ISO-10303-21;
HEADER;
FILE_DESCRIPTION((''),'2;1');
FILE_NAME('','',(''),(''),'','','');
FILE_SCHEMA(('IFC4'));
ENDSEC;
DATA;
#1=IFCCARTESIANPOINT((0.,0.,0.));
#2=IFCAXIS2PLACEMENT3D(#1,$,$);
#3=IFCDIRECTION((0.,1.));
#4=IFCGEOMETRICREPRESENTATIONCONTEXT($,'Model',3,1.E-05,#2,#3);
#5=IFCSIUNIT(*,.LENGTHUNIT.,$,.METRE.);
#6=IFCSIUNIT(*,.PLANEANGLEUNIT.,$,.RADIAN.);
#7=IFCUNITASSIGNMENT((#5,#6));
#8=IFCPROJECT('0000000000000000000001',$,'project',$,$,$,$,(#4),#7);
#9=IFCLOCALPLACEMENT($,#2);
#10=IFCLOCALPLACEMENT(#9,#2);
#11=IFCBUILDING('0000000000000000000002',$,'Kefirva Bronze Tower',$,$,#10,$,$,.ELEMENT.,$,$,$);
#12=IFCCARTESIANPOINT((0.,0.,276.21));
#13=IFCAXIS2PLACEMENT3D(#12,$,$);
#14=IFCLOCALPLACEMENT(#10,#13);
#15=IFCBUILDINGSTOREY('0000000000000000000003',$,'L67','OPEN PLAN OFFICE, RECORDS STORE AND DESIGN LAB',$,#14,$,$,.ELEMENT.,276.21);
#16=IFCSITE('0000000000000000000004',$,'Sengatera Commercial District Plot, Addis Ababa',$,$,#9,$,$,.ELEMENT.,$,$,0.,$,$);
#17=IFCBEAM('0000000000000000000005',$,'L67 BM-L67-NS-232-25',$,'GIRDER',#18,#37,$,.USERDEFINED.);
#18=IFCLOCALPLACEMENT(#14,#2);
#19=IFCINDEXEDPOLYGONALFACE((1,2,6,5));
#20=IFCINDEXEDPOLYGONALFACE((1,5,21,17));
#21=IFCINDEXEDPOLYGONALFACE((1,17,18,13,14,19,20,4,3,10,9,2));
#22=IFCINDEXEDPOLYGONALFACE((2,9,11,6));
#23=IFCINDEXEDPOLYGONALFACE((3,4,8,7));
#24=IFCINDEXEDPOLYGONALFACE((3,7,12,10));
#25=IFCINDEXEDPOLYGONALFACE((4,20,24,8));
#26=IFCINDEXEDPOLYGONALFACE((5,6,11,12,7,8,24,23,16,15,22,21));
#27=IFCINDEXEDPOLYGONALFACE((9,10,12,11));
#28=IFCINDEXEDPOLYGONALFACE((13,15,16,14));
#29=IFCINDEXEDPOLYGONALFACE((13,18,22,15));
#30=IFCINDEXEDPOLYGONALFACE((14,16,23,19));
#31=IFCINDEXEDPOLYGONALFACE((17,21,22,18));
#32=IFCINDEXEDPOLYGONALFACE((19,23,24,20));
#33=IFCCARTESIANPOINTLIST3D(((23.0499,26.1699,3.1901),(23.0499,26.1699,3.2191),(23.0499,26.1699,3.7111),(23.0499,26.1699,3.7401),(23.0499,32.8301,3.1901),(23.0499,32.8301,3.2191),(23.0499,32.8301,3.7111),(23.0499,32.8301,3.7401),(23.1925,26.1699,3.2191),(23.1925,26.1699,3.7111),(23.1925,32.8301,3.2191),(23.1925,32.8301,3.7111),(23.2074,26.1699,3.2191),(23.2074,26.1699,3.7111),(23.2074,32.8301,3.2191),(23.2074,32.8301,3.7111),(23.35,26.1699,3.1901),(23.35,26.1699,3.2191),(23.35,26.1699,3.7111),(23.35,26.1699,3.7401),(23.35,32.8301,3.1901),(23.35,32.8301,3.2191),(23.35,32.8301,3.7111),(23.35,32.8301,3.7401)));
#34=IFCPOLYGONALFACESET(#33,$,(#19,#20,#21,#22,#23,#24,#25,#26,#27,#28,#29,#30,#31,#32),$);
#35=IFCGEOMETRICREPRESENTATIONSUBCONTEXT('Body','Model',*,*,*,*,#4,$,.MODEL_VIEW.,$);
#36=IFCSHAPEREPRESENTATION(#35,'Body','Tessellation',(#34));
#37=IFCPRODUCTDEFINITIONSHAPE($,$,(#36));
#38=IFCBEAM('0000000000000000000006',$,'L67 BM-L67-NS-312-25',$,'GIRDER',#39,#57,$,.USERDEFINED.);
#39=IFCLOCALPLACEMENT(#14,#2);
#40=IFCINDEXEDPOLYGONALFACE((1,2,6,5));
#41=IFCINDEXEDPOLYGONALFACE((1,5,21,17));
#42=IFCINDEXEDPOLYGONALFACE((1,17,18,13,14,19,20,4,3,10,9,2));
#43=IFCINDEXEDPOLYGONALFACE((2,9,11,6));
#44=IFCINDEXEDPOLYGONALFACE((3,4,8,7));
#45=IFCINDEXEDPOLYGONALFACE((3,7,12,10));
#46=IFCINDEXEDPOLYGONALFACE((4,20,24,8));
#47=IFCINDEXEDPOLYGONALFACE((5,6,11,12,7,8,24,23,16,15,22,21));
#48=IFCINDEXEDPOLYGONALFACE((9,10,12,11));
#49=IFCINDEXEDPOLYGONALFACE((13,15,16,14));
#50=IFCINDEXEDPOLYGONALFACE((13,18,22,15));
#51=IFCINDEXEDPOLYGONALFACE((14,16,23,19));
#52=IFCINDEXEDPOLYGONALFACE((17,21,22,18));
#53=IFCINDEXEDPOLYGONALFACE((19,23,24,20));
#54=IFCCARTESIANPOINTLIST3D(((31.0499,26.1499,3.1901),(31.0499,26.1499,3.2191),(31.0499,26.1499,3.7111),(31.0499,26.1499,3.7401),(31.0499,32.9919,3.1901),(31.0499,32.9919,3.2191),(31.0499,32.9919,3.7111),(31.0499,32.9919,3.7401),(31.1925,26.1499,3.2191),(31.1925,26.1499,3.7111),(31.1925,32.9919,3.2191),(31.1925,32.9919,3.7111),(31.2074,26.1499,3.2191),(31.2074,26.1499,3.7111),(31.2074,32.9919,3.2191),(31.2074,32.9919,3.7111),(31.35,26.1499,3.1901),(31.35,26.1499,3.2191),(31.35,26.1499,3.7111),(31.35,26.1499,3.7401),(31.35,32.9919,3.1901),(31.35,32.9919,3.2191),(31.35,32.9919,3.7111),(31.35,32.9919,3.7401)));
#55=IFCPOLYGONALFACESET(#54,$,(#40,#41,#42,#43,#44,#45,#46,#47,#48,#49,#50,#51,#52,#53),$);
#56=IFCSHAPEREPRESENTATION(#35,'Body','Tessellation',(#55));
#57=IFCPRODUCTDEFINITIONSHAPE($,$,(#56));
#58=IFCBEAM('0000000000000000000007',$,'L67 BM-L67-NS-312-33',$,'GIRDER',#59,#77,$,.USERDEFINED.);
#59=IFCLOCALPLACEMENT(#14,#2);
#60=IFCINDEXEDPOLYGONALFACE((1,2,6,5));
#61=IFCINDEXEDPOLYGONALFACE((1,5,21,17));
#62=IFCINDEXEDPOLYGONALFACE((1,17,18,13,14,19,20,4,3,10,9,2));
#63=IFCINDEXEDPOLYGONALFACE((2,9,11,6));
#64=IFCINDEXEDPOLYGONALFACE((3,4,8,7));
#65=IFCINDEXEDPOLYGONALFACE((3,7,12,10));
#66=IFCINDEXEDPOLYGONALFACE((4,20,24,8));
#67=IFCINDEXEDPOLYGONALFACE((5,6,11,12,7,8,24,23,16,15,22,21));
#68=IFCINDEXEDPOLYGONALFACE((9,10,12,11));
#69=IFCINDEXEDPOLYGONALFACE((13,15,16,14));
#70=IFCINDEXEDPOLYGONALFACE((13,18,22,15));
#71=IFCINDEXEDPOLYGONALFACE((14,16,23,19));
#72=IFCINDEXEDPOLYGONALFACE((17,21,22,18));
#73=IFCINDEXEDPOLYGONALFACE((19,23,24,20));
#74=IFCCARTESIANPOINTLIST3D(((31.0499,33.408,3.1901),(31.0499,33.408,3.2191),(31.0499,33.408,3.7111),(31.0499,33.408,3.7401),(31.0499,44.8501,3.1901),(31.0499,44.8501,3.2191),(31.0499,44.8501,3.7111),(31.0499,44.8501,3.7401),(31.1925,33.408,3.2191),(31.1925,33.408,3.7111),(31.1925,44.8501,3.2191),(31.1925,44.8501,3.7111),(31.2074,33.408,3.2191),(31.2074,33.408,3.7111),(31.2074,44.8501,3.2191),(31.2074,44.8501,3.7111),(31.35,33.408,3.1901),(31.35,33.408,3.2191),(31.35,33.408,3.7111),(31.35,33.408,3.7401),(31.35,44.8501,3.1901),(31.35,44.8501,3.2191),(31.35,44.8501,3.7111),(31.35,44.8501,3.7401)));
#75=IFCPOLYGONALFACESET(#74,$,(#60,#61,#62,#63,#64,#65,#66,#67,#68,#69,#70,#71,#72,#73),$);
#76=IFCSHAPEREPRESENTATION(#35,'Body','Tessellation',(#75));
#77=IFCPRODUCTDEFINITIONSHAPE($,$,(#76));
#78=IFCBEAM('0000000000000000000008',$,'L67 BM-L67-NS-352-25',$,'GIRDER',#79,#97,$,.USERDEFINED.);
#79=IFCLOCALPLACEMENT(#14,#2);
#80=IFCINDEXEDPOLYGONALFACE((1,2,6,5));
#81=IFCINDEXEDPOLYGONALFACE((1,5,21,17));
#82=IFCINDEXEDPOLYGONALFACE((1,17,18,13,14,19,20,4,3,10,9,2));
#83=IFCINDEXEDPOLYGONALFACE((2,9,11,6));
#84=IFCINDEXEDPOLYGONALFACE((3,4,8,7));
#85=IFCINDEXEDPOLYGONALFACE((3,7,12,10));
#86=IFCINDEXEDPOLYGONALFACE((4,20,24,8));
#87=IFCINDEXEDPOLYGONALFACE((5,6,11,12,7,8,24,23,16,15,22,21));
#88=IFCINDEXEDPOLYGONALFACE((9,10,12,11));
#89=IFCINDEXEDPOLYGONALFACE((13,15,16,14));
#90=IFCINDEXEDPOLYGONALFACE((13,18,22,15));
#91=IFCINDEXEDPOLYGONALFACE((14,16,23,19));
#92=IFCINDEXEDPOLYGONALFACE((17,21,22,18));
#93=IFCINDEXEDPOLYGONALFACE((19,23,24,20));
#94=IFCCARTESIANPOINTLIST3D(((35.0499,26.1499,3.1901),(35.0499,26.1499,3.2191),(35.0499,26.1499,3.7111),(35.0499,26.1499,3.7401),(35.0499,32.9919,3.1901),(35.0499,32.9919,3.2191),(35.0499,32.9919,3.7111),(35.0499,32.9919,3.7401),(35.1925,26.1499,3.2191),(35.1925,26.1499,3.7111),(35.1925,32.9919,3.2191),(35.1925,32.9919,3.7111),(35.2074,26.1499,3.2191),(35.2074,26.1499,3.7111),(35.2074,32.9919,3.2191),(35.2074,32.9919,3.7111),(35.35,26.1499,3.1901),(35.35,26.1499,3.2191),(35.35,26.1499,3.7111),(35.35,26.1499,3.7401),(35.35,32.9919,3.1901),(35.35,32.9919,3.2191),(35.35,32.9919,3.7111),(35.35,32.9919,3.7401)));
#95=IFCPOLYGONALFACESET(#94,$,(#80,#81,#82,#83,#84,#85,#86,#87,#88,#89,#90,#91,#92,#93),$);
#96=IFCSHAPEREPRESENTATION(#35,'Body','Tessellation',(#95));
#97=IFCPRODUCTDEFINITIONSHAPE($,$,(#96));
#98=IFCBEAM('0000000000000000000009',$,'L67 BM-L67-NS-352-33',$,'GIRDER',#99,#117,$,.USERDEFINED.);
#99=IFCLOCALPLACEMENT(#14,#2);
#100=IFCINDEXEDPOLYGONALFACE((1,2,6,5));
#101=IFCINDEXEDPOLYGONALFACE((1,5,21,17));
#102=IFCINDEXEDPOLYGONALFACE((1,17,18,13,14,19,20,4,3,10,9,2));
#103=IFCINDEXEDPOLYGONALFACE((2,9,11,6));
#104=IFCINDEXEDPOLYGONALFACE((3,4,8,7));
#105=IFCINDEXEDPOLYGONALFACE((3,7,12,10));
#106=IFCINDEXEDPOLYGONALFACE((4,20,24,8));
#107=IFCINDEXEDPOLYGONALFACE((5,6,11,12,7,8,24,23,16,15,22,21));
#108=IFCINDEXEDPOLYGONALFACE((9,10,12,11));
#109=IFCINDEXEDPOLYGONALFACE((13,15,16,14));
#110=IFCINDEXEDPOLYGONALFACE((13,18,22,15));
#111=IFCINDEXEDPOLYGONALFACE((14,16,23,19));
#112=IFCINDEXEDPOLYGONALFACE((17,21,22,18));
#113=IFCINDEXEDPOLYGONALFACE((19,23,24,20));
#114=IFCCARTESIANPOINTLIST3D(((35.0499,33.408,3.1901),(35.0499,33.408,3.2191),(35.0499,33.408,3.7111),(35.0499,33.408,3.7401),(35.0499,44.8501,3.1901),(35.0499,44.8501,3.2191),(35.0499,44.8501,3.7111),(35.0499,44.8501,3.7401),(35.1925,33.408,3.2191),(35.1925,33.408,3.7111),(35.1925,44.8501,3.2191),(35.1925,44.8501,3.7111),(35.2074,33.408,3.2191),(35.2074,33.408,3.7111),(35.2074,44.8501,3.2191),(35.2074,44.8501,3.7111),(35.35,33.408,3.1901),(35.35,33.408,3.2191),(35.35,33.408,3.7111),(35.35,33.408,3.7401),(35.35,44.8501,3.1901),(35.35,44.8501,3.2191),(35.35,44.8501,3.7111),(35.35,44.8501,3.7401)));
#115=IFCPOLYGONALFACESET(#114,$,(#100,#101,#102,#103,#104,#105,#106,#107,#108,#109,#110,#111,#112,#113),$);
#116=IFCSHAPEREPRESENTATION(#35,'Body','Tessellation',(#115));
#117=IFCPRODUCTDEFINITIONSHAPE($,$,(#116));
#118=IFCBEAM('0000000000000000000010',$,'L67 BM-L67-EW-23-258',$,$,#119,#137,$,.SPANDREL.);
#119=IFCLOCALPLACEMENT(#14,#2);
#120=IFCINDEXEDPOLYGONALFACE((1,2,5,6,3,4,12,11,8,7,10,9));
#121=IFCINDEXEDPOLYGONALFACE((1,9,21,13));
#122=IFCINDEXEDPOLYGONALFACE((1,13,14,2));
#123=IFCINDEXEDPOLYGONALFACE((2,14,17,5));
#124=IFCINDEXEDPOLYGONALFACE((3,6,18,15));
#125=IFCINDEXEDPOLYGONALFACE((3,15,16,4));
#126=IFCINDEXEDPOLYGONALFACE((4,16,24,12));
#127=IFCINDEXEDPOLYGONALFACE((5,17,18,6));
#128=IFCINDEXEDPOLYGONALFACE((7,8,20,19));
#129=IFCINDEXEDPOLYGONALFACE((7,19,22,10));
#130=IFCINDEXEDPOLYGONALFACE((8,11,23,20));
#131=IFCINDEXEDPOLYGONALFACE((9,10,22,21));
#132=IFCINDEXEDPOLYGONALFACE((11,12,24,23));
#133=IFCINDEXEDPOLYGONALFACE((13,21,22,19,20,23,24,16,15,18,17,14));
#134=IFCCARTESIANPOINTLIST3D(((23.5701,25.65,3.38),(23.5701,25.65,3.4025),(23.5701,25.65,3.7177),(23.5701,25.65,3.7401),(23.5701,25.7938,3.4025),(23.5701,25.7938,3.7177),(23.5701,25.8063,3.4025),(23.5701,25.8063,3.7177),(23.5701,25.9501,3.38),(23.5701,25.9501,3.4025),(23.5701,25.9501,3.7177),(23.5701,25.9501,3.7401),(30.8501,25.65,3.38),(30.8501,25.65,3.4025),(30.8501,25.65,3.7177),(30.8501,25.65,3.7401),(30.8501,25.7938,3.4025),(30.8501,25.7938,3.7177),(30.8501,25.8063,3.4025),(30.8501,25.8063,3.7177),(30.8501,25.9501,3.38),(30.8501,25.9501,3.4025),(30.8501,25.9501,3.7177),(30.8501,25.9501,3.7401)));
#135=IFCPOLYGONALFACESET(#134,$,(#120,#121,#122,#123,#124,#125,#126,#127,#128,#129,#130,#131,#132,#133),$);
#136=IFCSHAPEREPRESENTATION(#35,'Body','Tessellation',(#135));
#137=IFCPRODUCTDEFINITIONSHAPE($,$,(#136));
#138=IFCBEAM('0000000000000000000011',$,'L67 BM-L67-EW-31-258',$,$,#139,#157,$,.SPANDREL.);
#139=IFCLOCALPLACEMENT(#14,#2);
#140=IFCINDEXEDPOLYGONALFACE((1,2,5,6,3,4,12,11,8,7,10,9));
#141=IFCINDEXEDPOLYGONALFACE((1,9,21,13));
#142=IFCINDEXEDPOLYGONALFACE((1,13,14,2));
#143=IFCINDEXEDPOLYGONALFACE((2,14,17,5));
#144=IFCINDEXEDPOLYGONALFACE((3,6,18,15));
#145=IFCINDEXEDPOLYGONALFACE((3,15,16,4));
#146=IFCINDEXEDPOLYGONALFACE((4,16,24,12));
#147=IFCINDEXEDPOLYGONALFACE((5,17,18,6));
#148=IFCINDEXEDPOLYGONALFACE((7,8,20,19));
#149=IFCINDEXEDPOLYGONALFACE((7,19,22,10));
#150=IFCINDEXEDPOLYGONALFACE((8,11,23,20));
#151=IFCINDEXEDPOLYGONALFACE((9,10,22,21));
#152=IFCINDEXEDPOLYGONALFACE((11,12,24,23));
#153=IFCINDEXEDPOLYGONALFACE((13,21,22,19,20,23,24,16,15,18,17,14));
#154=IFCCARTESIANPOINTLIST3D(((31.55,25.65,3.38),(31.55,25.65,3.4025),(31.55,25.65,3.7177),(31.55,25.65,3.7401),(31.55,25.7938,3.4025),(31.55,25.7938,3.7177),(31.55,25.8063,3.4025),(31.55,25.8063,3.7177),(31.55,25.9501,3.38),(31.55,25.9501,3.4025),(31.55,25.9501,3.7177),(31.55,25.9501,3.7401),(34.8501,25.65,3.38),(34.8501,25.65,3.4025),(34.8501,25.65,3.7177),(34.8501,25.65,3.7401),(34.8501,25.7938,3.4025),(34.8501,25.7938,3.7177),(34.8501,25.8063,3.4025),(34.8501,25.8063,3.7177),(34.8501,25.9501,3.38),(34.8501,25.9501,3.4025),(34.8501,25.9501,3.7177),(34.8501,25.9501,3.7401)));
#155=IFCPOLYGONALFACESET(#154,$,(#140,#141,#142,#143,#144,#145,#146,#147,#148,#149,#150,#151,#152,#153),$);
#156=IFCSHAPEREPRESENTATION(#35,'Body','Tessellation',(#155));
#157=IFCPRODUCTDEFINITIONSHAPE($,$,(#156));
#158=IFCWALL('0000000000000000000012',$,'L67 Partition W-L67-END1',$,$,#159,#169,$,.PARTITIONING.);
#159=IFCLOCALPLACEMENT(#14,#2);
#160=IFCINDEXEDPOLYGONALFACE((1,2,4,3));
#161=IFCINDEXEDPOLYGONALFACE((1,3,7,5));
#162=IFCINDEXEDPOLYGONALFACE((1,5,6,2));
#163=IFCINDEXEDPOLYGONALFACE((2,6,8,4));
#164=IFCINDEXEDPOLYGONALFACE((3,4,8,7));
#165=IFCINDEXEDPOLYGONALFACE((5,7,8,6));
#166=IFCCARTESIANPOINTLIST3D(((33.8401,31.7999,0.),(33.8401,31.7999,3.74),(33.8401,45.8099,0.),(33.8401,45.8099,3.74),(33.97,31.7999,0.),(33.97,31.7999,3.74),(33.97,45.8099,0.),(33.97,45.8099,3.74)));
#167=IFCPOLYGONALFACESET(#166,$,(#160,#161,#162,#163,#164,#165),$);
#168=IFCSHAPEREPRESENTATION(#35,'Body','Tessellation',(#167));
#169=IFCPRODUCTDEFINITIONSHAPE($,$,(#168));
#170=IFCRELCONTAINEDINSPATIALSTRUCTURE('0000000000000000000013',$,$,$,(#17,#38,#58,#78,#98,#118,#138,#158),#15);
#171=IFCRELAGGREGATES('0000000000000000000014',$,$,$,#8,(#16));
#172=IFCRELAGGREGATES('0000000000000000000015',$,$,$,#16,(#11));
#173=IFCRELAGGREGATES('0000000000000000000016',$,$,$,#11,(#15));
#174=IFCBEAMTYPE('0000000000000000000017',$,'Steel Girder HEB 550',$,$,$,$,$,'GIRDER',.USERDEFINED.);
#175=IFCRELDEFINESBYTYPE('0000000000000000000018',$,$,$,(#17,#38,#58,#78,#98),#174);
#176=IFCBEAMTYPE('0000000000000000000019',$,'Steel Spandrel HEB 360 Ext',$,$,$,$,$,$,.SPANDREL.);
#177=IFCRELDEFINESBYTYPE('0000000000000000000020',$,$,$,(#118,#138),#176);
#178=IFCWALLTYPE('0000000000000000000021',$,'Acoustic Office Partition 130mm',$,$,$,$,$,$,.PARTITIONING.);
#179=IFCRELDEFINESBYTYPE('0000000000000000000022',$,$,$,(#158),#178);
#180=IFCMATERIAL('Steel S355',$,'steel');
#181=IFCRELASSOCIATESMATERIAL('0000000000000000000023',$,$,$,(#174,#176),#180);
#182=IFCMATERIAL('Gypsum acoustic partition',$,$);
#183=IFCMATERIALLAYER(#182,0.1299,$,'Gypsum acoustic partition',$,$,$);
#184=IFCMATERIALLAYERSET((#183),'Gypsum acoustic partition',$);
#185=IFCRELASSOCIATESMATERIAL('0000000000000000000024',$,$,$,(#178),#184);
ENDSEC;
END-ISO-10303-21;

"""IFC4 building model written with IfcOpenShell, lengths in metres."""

from ifc_helpers import new_model, si_unit, direction, frame, frame_2d, origin, origin_2d, place, context, subcontext, project, spatial, rectangle, i_section, extrude, material, layer, layer_set, material_profile, profile_set, type_object, element, save


model = new_model("IFC4")

# Units and contexts
model_context = context("Model", 3, precision=1e-05, world=origin(), true_north=direction((0.0, 1.0)))
body_context = subcontext(model_context, "Body", "Model", "MODEL_VIEW")
ifc_project = project(units=[si_unit("LENGTHUNIT", "METRE"), si_unit("PLANEANGLEUNIT", "RADIAN")], contexts=[model_context])

# Site, building, storey
site_placement = place(None, origin())
site = spatial("IfcSite", under=ifc_project, at=site_placement, Name="Sengatera Commercial District Plot, Addis Ababa", CompositionType="ELEMENT", RefElevation=0.0)
building_placement = place(site_placement, origin())
building = spatial("IfcBuilding", under=site, at=building_placement, Name="Kefirva Bronze Tower", CompositionType="ELEMENT")
storey_placement = place(building_placement, frame((0.0, 0.0, 276.21)))
storey = spatial("IfcBuildingStorey", under=building, at=storey_placement, Name="L67", Description="OPEN PLAN OFFICE, RECORDS STORE AND DESIGN LAB", CompositionType="ELEMENT", Elevation=276.21)

# Beams
ifc_material_1 = material(Name="Steel S355", Category="steel")
ifc_material_profile_1 = material_profile(ifc_material_1, i_section(OverallWidth=0.3, OverallDepth=0.55, WebThickness=0.0149, FlangeThickness=0.0291, at=origin_2d()), Name="HEB 550")
ifc_profile_set_1 = profile_set([ifc_material_profile_1], Name="Steel S355")
beam_type_1 = type_object("IfcBeamType", Name="Steel Girder HEB 550", ElementType="GIRDER", PredefinedType="USERDEFINED", material=ifc_profile_set_1)
beam_1_placement = place(storey_placement, frame((23.2, 26.1699, 3.4651), z_axis=(0.0, 1.0, 0.0), x_axis=(-1.0, 0.0, 0.0)))
element("IfcBeam", 1, at=beam_1_placement, inside=storey, type_object=beam_type_1, Name="L67 BM-L67-NS-232-25", ObjectType="GIRDER", PredefinedType="USERDEFINED", context=body_context, shape_type="SweptSolid", body=[
    extrude(i_section(OverallWidth=0.3, OverallDepth=0.55, WebThickness=0.0149, FlangeThickness=0.0291, at=origin_2d()), origin(), (0.0, 0.0, 1.0), 6.6602),
])
beam_2_placement = place(storey_placement, frame((31.2, 26.1499, 3.4651), z_axis=(0.0, 1.0, 0.0), x_axis=(-1.0, 0.0, 0.0)))
element("IfcBeam", 2, at=beam_2_placement, inside=storey, type_object=beam_type_1, Name="L67 BM-L67-NS-312-25", ObjectType="GIRDER", PredefinedType="USERDEFINED", context=body_context, shape_type="SweptSolid", body=[
    extrude(i_section(OverallWidth=0.3, OverallDepth=0.55, WebThickness=0.0149, FlangeThickness=0.0291, at=origin_2d()), origin(), (0.0, 0.0, 1.0), 6.842),
])
beam_3_placement = place(storey_placement, frame((31.2, 33.408, 3.4651), z_axis=(0.0, 1.0, 0.0), x_axis=(-1.0, 0.0, 0.0)))
element("IfcBeam", 3, at=beam_3_placement, inside=storey, type_object=beam_type_1, Name="L67 BM-L67-NS-312-33", ObjectType="GIRDER", PredefinedType="USERDEFINED", context=body_context, shape_type="SweptSolid", body=[
    extrude(i_section(OverallWidth=0.3, OverallDepth=0.55, WebThickness=0.0149, FlangeThickness=0.0291, at=origin_2d()), origin(), (0.0, 0.0, 1.0), 11.4421),
])
beam_4_placement = place(storey_placement, frame((35.2, 26.1499, 3.4651), z_axis=(0.0, 1.0, 0.0), x_axis=(-1.0, 0.0, 0.0)))
element("IfcBeam", 4, at=beam_4_placement, inside=storey, type_object=beam_type_1, Name="L67 BM-L67-NS-352-25", ObjectType="GIRDER", PredefinedType="USERDEFINED", context=body_context, shape_type="SweptSolid", body=[
    extrude(i_section(OverallWidth=0.3, OverallDepth=0.55, WebThickness=0.0149, FlangeThickness=0.0291, at=origin_2d()), origin(), (0.0, 0.0, 1.0), 6.842),
])
beam_5_placement = place(storey_placement, frame((35.2, 33.408, 3.4651), z_axis=(0.0, 1.0, 0.0), x_axis=(-1.0, 0.0, 0.0)))
element("IfcBeam", 5, at=beam_5_placement, inside=storey, type_object=beam_type_1, Name="L67 BM-L67-NS-352-33", ObjectType="GIRDER", PredefinedType="USERDEFINED", context=body_context, shape_type="SweptSolid", body=[
    extrude(i_section(OverallWidth=0.3, OverallDepth=0.55, WebThickness=0.0149, FlangeThickness=0.0291, at=origin_2d()), origin(), (0.0, 0.0, 1.0), 11.4421),
])
ifc_material_profile_2 = material_profile(ifc_material_1, i_section(OverallWidth=0.3, OverallDepth=0.3601, WebThickness=0.0125, FlangeThickness=0.0225, at=origin_2d()), Name="HEB 360")
ifc_profile_set_2 = profile_set([ifc_material_profile_2], Name="Steel S355")
beam_type_2 = type_object("IfcBeamType", Name="Steel Spandrel HEB 360 Ext", PredefinedType="SPANDREL", material=ifc_profile_set_2)
beam_6_placement = place(storey_placement, frame((23.5701, 25.8, 3.5601), z_axis=(1.0, 0.0, 0.0), x_axis=(0.0, 1.0, 0.0)))
element("IfcBeam", 6, at=beam_6_placement, inside=storey, type_object=beam_type_2, Name="L67 BM-L67-EW-23-258", PredefinedType="SPANDREL", context=body_context, shape_type="SweptSolid", body=[
    extrude(i_section(OverallWidth=0.3, OverallDepth=0.3601, WebThickness=0.0125, FlangeThickness=0.0225, at=origin_2d()), origin(), (0.0, 0.0, 1.0), 7.28),
])
beam_7_placement = place(storey_placement, frame((31.55, 25.8, 3.5601), z_axis=(1.0, 0.0, 0.0), x_axis=(0.0, 1.0, 0.0)))
element("IfcBeam", 7, at=beam_7_placement, inside=storey, type_object=beam_type_2, Name="L67 BM-L67-EW-31-258", PredefinedType="SPANDREL", context=body_context, shape_type="SweptSolid", body=[
    extrude(i_section(OverallWidth=0.3, OverallDepth=0.3601, WebThickness=0.0125, FlangeThickness=0.0225, at=origin_2d()), origin(), (0.0, 0.0, 1.0), 3.3),
])

# Wall
ifc_material_2 = material(Name="Gypsum acoustic partition")
ifc_layer_1 = layer(ifc_material_2, 0.1299, Name="Gypsum acoustic partition")
ifc_layer_set_1 = layer_set([ifc_layer_1], Name="Gypsum acoustic partition")
wall_type_1 = type_object("IfcWallType", Name="Acoustic Office Partition 130mm", PredefinedType="PARTITIONING", material=ifc_layer_set_1)
wall_1_placement = place(storey_placement, frame((33.905, 31.8, 0.0), z_axis=(0.0, 0.0, 1.0), x_axis=(0.0, 1.0, 0.0)))
element("IfcWall", 8, at=wall_1_placement, inside=storey, type_object=wall_type_1, Name="L67 Partition W-L67-END1", PredefinedType="PARTITIONING", context=body_context, shape_type="SweptSolid", body=[
    extrude(rectangle(XDim=14.01, YDim=0.1299, at=frame_2d((7.0049, 0.0))), origin(), (0.0, 0.0, 1.0), 3.74),
])

save(model, "model.ifc")
